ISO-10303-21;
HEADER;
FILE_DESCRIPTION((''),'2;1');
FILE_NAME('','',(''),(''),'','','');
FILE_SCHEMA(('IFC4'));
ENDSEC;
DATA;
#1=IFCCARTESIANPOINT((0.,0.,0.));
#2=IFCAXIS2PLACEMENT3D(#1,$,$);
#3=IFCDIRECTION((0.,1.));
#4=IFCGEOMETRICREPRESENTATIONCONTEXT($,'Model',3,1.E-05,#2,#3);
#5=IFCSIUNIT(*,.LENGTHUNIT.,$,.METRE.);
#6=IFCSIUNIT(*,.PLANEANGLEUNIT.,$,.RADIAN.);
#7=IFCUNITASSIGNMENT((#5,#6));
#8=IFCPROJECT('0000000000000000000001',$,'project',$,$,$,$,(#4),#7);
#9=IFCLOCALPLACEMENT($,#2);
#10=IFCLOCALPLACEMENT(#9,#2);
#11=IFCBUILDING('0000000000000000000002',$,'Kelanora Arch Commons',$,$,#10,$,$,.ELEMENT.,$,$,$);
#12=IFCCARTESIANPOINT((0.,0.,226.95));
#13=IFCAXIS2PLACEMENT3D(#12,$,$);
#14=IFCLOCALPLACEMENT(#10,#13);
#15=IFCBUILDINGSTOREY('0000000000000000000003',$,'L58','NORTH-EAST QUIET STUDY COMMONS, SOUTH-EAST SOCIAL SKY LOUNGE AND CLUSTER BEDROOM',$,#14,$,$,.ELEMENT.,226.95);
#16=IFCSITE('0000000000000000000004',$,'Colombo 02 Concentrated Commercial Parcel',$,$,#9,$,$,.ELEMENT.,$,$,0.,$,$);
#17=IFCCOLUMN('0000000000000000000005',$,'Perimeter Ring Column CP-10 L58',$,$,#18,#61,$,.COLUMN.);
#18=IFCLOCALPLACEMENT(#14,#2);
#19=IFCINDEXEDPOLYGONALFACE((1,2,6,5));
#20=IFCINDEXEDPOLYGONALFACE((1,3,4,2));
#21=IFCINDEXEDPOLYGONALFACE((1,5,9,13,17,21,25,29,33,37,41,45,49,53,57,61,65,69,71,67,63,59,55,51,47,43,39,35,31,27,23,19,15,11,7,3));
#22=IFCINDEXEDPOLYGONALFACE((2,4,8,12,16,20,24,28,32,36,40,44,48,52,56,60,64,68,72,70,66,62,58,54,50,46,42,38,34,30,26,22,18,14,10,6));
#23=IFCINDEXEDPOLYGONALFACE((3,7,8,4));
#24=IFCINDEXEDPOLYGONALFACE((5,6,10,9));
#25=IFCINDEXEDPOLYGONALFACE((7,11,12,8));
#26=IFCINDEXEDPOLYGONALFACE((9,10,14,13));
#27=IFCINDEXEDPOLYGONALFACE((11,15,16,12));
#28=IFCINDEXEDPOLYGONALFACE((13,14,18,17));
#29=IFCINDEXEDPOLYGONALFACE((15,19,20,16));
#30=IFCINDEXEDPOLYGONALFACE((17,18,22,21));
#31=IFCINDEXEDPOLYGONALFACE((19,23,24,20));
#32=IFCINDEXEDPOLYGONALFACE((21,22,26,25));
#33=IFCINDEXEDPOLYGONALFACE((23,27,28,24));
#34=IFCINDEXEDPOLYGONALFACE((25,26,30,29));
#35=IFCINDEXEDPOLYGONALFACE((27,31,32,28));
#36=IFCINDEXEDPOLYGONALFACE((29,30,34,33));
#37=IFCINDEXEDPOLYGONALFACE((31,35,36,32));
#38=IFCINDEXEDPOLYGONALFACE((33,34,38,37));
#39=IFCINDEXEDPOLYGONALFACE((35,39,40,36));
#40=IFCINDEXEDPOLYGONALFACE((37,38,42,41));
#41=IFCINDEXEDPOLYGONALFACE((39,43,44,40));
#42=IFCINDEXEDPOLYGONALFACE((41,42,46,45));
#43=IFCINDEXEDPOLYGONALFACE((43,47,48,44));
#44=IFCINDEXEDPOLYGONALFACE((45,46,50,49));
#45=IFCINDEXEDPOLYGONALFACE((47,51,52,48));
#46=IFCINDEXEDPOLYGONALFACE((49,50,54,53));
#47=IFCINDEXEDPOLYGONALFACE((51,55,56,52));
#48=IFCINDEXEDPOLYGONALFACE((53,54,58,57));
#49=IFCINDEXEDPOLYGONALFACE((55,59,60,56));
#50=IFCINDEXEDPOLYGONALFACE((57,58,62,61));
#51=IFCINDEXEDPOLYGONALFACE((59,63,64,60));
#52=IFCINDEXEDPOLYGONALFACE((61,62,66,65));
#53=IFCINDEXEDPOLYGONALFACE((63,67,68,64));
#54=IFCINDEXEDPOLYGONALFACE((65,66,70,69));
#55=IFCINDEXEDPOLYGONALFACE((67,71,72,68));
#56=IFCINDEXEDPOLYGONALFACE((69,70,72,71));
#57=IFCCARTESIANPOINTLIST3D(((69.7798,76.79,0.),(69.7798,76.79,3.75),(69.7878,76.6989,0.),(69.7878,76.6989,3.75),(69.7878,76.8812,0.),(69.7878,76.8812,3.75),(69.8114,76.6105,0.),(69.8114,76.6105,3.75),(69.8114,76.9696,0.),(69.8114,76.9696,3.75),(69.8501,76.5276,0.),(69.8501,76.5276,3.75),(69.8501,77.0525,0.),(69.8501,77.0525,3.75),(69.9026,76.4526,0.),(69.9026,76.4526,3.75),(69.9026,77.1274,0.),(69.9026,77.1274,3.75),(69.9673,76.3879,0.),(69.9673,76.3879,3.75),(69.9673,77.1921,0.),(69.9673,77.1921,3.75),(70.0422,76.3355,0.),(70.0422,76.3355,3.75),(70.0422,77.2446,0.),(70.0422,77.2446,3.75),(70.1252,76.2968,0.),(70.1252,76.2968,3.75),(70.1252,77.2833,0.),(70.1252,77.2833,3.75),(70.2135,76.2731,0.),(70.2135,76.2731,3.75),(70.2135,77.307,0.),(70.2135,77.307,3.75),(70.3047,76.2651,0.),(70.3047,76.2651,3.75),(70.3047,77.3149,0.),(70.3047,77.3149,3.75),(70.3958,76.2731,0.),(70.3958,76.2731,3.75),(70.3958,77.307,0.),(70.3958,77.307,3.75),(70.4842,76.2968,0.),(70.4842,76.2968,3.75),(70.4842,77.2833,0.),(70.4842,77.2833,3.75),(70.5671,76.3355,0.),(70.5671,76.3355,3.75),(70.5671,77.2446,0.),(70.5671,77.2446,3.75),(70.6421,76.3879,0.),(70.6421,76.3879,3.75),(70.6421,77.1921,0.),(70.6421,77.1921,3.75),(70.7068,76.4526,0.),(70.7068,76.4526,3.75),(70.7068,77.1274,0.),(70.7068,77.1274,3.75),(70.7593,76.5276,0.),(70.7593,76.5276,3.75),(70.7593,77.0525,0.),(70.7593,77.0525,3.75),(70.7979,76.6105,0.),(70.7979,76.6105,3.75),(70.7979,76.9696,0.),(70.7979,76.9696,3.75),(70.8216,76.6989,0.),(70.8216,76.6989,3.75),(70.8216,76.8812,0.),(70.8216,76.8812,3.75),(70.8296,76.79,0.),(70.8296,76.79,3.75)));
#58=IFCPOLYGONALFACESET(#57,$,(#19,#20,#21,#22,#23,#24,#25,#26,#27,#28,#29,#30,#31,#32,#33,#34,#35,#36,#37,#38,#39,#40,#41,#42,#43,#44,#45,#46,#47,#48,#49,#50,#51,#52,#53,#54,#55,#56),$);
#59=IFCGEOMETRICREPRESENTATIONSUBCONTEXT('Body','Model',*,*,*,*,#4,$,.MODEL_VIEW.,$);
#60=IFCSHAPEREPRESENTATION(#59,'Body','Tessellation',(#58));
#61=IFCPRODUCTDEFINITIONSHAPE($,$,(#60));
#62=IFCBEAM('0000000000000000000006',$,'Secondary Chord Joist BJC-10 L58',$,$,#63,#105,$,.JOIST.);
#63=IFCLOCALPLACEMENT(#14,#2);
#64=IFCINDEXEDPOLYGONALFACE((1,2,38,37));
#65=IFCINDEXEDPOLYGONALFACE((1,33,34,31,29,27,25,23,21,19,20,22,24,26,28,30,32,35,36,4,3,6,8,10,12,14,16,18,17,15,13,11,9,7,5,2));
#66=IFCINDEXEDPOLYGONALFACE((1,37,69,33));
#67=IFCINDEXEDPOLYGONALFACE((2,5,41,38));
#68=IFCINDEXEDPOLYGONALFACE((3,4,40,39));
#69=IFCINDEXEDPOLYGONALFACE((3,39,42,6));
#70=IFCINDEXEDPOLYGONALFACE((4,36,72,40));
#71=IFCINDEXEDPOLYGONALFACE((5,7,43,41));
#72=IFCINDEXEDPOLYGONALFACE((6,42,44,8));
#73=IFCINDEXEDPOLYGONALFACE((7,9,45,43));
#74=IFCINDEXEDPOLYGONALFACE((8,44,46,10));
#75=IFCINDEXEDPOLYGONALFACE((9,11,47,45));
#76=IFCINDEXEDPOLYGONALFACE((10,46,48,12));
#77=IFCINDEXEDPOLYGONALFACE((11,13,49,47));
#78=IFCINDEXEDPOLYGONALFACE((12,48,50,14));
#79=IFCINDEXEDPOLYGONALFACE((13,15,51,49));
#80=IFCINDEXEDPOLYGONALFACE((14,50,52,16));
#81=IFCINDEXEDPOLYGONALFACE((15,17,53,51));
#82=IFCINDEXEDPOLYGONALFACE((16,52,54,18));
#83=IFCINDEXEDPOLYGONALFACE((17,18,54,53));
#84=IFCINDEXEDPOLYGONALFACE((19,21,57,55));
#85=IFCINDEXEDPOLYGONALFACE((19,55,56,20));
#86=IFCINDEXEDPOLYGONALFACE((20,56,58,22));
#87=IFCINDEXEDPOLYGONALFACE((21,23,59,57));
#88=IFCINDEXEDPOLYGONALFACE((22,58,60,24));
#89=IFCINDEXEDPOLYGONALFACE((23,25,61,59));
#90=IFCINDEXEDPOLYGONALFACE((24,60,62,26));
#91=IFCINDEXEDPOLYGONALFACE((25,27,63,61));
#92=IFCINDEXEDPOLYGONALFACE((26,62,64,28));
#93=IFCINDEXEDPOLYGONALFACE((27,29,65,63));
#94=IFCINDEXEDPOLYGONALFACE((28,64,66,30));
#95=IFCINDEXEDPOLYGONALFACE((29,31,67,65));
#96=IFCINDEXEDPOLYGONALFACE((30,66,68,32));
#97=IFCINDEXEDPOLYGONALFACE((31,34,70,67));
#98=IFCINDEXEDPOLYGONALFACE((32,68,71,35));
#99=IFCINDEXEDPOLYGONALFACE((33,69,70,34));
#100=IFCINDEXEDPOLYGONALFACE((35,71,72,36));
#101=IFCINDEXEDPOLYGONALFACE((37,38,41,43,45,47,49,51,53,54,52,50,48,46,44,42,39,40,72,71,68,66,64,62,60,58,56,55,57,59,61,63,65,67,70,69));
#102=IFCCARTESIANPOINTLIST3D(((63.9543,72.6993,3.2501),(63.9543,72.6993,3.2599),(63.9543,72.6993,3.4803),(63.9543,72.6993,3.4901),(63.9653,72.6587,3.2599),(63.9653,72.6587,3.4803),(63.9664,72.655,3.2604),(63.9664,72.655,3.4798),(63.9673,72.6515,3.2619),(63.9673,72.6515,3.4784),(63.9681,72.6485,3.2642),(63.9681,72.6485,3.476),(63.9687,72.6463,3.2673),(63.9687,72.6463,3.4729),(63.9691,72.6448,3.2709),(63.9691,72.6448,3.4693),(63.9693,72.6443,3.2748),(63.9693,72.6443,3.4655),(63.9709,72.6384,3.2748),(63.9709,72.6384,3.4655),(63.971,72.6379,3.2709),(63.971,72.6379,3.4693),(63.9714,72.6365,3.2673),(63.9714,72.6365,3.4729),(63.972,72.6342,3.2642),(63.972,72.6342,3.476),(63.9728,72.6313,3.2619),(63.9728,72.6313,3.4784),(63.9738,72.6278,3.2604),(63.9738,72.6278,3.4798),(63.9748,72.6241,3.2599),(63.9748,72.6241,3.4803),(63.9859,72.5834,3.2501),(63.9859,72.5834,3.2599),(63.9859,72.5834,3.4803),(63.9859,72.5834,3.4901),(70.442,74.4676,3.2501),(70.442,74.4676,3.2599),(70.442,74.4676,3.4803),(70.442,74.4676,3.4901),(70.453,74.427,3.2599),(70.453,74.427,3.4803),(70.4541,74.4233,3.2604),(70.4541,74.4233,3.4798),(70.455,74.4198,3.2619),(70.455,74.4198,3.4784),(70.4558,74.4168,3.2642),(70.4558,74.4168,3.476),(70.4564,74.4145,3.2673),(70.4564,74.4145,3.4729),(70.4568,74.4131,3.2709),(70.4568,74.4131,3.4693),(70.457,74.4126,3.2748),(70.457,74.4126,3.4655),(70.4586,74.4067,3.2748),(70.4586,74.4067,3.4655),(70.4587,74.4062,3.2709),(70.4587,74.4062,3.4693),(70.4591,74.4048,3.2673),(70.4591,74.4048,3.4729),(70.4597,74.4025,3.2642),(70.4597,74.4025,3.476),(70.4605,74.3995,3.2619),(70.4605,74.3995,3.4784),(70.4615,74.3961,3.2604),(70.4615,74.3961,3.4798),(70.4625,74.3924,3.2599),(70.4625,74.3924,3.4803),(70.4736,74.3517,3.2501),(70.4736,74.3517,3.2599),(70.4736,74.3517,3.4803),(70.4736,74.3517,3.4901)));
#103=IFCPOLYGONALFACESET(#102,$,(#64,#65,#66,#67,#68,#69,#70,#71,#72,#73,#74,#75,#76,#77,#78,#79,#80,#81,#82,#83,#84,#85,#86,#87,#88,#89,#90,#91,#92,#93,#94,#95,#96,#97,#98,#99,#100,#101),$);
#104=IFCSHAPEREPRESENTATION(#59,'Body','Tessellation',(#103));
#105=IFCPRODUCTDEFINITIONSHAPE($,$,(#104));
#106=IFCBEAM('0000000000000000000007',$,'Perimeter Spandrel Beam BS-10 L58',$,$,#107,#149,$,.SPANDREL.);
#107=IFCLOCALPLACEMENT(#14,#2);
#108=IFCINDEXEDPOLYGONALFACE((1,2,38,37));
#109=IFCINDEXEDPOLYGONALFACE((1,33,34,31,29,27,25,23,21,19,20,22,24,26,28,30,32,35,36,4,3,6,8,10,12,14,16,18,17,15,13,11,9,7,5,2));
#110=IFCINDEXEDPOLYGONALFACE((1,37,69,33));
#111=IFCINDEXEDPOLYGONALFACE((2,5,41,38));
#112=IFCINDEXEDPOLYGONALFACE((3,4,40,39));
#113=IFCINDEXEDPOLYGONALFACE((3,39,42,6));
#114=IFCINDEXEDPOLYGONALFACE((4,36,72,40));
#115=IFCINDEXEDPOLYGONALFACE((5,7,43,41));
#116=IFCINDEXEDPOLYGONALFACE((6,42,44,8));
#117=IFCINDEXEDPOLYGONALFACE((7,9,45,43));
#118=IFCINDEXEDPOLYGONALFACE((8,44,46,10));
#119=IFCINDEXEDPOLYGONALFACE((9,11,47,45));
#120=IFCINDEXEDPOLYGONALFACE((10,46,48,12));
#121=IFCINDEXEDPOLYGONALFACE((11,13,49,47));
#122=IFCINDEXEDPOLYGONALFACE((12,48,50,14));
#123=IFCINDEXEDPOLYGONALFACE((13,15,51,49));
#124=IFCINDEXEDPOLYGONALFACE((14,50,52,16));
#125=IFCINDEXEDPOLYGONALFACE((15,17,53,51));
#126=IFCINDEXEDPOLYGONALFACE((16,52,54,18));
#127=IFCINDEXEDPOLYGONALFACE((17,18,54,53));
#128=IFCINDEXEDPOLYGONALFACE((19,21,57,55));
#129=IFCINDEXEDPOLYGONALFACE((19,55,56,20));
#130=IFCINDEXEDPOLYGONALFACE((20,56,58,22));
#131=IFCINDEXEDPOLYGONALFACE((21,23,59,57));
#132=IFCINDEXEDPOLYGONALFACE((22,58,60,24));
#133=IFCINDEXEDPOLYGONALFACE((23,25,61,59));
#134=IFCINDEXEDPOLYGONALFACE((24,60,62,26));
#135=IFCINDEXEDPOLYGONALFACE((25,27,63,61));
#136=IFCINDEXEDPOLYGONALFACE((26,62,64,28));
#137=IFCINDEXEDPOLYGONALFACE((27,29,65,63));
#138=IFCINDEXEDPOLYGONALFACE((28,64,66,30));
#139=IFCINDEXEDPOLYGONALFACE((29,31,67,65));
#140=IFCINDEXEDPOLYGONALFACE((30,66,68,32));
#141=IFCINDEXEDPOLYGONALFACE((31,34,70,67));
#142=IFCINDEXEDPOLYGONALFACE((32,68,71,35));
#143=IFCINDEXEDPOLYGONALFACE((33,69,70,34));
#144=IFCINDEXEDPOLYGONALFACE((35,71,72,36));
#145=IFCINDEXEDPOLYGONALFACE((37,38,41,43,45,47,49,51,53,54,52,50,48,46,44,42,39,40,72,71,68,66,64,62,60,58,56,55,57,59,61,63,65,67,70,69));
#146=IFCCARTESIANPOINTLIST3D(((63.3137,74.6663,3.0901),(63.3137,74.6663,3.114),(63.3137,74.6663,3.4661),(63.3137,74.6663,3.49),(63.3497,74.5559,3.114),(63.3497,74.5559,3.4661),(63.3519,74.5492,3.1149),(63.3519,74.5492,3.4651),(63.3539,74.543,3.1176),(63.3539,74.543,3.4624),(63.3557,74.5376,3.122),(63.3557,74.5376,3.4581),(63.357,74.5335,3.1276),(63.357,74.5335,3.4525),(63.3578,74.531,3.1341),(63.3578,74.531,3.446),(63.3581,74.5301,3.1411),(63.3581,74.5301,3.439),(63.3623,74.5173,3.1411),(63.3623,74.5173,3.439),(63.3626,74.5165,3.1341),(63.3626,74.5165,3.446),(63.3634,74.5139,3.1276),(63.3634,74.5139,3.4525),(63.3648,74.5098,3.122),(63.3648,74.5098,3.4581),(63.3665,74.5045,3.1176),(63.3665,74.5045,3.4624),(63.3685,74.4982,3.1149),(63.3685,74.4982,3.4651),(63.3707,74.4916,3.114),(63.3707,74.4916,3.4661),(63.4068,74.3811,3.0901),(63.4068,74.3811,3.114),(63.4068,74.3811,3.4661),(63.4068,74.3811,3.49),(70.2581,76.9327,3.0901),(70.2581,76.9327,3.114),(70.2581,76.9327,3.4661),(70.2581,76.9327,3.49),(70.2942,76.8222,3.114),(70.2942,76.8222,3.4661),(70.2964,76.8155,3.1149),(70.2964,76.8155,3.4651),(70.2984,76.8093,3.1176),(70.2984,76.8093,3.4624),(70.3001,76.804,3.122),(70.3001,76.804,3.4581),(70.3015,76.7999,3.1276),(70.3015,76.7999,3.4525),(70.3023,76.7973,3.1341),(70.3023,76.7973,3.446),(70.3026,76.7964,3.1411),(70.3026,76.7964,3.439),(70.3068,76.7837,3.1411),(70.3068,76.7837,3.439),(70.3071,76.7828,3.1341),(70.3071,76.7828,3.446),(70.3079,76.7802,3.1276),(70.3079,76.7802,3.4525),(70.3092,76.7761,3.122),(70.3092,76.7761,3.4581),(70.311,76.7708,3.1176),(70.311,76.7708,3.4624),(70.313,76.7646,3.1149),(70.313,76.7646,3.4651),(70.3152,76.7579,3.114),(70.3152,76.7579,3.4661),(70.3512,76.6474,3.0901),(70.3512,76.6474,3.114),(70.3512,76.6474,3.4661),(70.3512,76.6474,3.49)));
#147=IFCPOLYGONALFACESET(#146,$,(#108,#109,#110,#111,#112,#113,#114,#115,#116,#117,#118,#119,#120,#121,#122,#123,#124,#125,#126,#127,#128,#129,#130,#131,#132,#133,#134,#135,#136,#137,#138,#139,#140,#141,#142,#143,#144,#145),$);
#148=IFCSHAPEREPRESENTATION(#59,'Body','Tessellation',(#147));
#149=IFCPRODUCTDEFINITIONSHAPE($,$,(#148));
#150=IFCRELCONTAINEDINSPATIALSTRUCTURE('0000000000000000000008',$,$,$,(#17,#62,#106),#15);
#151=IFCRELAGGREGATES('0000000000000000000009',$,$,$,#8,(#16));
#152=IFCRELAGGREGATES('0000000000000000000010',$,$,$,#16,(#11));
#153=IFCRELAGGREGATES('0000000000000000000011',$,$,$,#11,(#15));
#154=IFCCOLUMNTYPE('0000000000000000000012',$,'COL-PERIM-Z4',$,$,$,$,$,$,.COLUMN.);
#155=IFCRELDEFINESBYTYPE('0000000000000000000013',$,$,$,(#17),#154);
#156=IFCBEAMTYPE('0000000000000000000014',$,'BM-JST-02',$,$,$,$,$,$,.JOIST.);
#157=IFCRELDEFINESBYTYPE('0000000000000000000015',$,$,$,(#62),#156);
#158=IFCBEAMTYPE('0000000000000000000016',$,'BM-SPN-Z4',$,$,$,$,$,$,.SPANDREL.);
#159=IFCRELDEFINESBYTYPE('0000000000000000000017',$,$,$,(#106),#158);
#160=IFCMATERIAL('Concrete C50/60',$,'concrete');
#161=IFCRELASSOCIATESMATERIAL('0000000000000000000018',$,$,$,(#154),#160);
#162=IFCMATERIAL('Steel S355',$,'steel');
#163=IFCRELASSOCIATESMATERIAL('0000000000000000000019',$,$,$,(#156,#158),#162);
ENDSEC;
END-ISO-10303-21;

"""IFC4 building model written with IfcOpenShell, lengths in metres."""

from ifc_helpers import new_model, si_unit, direction, frame, origin, origin_2d, place, context, subcontext, project, spatial, circle, i_section, extrude, material, material_profile, profile_set, type_object, element, save


model = new_model("IFC4")

# Units and contexts
model_context = context("Model", 3, precision=1e-05, world=origin(), true_north=direction((0.0, 1.0)))
body_context = subcontext(model_context, "Body", "Model", "MODEL_VIEW")
ifc_project = project(units=[si_unit("LENGTHUNIT", "METRE"), si_unit("PLANEANGLEUNIT", "RADIAN")], contexts=[model_context])

# Site, building, storey
site_placement = place(None, origin())
site = spatial("IfcSite", under=ifc_project, at=site_placement, Name="Colombo 02 Concentrated Commercial Parcel", CompositionType="ELEMENT", RefElevation=0.0)
building_placement = place(site_placement, origin())
building = spatial("IfcBuilding", under=site, at=building_placement, Name="Kelanora Arch Commons", CompositionType="ELEMENT")
storey_placement = place(building_placement, frame((0.0, 0.0, 226.95)))
storey = spatial("IfcBuildingStorey", under=building, at=storey_placement, Name="L58", Description="NORTH-EAST QUIET STUDY COMMONS, SOUTH-EAST SOCIAL SKY LOUNGE AND CLUSTER BEDROOM", CompositionType="ELEMENT", Elevation=226.95)

# Column
ifc_material_1 = material(Name="Concrete C50/60", Category="concrete")
ifc_material_profile_1 = material_profile(ifc_material_1, circle(Radius=0.5249, at=origin_2d()), Name="RCC1050")
ifc_profile_set_1 = profile_set([ifc_material_profile_1], Name="Concrete C50/60")
column_type = type_object("IfcColumnType", Name="COL-PERIM-Z4", PredefinedType="COLUMN", material=ifc_profile_set_1)
column_placement = place(storey_placement, frame((70.3047, 76.79, 0.0), z_axis=(0.0, 0.0, 1.0), x_axis=(1.0, 0.0, 0.0)))
element("IfcColumn", 1, at=column_placement, inside=storey, type_object=column_type, Name="Perimeter Ring Column CP-10 L58", PredefinedType="COLUMN", context=body_context, shape_type="SweptSolid", body=[
    extrude(circle(Radius=0.5249, at=origin_2d()), origin(), (0.0, 0.0, 1.0), 3.75),
])

# Beams
ifc_material_2 = material(Name="Steel S355", Category="steel")
ifc_material_profile_2 = material_profile(ifc_material_2, i_section(OverallWidth=0.1201, OverallDepth=0.24, WebThickness=0.0061, FlangeThickness=0.0098, FilletRadius=0.0149, at=origin_2d()), Name="IPE240")
ifc_profile_set_2 = profile_set([ifc_material_profile_2], Name="Steel S355")
beam_type_1 = type_object("IfcBeamType", Name="BM-JST-02", PredefinedType="JOIST", material=ifc_profile_set_2)
beam_1_placement = place(storey_placement, frame((70.4578, 74.4097, 3.3701), z_axis=(-0.964805, -0.262967, 0.0), x_axis=(0.262967, -0.964805, 0.0)))
element("IfcBeam", 2, at=beam_1_placement, inside=storey, type_object=beam_type_1, Name="Secondary Chord Joist BJC-10 L58", PredefinedType="JOIST", context=body_context, shape_type="SweptSolid", body=[
    extrude(i_section(OverallWidth=0.1201, OverallDepth=0.24, WebThickness=0.0061, FlangeThickness=0.0098, FilletRadius=0.0149, at=origin_2d()), origin(), (0.0, 0.0, 1.0), 6.7244),
])
ifc_material_profile_3 = material_profile(ifc_material_2, i_section(OverallWidth=0.3, OverallDepth=0.3999, WebThickness=0.0134, FlangeThickness=0.0239, FilletRadius=0.0271, at=origin_2d()), Name="HEB400")
ifc_profile_set_3 = profile_set([ifc_material_profile_3], Name="Steel S355")
beam_type_2 = type_object("IfcBeamType", Name="BM-SPN-Z4", PredefinedType="SPANDREL", material=ifc_profile_set_3)
beam_2_placement = place(storey_placement, frame((70.3047, 76.79, 3.29), z_axis=(-0.950656, -0.310246, 0.0), x_axis=(0.310246, -0.950656, 0.0)))
element("IfcBeam", 3, at=beam_2_placement, inside=storey, type_object=beam_type_2, Name="Perimeter Spandrel Beam BS-10 L58", PredefinedType="SPANDREL", context=body_context, shape_type="SweptSolid", body=[
    extrude(i_section(OverallWidth=0.3, OverallDepth=0.3999, WebThickness=0.0134, FlangeThickness=0.0239, FilletRadius=0.0271, at=origin_2d()), origin(), (0.0, 0.0, 1.0), 7.3049),
])

save(model, "model.ifc")
